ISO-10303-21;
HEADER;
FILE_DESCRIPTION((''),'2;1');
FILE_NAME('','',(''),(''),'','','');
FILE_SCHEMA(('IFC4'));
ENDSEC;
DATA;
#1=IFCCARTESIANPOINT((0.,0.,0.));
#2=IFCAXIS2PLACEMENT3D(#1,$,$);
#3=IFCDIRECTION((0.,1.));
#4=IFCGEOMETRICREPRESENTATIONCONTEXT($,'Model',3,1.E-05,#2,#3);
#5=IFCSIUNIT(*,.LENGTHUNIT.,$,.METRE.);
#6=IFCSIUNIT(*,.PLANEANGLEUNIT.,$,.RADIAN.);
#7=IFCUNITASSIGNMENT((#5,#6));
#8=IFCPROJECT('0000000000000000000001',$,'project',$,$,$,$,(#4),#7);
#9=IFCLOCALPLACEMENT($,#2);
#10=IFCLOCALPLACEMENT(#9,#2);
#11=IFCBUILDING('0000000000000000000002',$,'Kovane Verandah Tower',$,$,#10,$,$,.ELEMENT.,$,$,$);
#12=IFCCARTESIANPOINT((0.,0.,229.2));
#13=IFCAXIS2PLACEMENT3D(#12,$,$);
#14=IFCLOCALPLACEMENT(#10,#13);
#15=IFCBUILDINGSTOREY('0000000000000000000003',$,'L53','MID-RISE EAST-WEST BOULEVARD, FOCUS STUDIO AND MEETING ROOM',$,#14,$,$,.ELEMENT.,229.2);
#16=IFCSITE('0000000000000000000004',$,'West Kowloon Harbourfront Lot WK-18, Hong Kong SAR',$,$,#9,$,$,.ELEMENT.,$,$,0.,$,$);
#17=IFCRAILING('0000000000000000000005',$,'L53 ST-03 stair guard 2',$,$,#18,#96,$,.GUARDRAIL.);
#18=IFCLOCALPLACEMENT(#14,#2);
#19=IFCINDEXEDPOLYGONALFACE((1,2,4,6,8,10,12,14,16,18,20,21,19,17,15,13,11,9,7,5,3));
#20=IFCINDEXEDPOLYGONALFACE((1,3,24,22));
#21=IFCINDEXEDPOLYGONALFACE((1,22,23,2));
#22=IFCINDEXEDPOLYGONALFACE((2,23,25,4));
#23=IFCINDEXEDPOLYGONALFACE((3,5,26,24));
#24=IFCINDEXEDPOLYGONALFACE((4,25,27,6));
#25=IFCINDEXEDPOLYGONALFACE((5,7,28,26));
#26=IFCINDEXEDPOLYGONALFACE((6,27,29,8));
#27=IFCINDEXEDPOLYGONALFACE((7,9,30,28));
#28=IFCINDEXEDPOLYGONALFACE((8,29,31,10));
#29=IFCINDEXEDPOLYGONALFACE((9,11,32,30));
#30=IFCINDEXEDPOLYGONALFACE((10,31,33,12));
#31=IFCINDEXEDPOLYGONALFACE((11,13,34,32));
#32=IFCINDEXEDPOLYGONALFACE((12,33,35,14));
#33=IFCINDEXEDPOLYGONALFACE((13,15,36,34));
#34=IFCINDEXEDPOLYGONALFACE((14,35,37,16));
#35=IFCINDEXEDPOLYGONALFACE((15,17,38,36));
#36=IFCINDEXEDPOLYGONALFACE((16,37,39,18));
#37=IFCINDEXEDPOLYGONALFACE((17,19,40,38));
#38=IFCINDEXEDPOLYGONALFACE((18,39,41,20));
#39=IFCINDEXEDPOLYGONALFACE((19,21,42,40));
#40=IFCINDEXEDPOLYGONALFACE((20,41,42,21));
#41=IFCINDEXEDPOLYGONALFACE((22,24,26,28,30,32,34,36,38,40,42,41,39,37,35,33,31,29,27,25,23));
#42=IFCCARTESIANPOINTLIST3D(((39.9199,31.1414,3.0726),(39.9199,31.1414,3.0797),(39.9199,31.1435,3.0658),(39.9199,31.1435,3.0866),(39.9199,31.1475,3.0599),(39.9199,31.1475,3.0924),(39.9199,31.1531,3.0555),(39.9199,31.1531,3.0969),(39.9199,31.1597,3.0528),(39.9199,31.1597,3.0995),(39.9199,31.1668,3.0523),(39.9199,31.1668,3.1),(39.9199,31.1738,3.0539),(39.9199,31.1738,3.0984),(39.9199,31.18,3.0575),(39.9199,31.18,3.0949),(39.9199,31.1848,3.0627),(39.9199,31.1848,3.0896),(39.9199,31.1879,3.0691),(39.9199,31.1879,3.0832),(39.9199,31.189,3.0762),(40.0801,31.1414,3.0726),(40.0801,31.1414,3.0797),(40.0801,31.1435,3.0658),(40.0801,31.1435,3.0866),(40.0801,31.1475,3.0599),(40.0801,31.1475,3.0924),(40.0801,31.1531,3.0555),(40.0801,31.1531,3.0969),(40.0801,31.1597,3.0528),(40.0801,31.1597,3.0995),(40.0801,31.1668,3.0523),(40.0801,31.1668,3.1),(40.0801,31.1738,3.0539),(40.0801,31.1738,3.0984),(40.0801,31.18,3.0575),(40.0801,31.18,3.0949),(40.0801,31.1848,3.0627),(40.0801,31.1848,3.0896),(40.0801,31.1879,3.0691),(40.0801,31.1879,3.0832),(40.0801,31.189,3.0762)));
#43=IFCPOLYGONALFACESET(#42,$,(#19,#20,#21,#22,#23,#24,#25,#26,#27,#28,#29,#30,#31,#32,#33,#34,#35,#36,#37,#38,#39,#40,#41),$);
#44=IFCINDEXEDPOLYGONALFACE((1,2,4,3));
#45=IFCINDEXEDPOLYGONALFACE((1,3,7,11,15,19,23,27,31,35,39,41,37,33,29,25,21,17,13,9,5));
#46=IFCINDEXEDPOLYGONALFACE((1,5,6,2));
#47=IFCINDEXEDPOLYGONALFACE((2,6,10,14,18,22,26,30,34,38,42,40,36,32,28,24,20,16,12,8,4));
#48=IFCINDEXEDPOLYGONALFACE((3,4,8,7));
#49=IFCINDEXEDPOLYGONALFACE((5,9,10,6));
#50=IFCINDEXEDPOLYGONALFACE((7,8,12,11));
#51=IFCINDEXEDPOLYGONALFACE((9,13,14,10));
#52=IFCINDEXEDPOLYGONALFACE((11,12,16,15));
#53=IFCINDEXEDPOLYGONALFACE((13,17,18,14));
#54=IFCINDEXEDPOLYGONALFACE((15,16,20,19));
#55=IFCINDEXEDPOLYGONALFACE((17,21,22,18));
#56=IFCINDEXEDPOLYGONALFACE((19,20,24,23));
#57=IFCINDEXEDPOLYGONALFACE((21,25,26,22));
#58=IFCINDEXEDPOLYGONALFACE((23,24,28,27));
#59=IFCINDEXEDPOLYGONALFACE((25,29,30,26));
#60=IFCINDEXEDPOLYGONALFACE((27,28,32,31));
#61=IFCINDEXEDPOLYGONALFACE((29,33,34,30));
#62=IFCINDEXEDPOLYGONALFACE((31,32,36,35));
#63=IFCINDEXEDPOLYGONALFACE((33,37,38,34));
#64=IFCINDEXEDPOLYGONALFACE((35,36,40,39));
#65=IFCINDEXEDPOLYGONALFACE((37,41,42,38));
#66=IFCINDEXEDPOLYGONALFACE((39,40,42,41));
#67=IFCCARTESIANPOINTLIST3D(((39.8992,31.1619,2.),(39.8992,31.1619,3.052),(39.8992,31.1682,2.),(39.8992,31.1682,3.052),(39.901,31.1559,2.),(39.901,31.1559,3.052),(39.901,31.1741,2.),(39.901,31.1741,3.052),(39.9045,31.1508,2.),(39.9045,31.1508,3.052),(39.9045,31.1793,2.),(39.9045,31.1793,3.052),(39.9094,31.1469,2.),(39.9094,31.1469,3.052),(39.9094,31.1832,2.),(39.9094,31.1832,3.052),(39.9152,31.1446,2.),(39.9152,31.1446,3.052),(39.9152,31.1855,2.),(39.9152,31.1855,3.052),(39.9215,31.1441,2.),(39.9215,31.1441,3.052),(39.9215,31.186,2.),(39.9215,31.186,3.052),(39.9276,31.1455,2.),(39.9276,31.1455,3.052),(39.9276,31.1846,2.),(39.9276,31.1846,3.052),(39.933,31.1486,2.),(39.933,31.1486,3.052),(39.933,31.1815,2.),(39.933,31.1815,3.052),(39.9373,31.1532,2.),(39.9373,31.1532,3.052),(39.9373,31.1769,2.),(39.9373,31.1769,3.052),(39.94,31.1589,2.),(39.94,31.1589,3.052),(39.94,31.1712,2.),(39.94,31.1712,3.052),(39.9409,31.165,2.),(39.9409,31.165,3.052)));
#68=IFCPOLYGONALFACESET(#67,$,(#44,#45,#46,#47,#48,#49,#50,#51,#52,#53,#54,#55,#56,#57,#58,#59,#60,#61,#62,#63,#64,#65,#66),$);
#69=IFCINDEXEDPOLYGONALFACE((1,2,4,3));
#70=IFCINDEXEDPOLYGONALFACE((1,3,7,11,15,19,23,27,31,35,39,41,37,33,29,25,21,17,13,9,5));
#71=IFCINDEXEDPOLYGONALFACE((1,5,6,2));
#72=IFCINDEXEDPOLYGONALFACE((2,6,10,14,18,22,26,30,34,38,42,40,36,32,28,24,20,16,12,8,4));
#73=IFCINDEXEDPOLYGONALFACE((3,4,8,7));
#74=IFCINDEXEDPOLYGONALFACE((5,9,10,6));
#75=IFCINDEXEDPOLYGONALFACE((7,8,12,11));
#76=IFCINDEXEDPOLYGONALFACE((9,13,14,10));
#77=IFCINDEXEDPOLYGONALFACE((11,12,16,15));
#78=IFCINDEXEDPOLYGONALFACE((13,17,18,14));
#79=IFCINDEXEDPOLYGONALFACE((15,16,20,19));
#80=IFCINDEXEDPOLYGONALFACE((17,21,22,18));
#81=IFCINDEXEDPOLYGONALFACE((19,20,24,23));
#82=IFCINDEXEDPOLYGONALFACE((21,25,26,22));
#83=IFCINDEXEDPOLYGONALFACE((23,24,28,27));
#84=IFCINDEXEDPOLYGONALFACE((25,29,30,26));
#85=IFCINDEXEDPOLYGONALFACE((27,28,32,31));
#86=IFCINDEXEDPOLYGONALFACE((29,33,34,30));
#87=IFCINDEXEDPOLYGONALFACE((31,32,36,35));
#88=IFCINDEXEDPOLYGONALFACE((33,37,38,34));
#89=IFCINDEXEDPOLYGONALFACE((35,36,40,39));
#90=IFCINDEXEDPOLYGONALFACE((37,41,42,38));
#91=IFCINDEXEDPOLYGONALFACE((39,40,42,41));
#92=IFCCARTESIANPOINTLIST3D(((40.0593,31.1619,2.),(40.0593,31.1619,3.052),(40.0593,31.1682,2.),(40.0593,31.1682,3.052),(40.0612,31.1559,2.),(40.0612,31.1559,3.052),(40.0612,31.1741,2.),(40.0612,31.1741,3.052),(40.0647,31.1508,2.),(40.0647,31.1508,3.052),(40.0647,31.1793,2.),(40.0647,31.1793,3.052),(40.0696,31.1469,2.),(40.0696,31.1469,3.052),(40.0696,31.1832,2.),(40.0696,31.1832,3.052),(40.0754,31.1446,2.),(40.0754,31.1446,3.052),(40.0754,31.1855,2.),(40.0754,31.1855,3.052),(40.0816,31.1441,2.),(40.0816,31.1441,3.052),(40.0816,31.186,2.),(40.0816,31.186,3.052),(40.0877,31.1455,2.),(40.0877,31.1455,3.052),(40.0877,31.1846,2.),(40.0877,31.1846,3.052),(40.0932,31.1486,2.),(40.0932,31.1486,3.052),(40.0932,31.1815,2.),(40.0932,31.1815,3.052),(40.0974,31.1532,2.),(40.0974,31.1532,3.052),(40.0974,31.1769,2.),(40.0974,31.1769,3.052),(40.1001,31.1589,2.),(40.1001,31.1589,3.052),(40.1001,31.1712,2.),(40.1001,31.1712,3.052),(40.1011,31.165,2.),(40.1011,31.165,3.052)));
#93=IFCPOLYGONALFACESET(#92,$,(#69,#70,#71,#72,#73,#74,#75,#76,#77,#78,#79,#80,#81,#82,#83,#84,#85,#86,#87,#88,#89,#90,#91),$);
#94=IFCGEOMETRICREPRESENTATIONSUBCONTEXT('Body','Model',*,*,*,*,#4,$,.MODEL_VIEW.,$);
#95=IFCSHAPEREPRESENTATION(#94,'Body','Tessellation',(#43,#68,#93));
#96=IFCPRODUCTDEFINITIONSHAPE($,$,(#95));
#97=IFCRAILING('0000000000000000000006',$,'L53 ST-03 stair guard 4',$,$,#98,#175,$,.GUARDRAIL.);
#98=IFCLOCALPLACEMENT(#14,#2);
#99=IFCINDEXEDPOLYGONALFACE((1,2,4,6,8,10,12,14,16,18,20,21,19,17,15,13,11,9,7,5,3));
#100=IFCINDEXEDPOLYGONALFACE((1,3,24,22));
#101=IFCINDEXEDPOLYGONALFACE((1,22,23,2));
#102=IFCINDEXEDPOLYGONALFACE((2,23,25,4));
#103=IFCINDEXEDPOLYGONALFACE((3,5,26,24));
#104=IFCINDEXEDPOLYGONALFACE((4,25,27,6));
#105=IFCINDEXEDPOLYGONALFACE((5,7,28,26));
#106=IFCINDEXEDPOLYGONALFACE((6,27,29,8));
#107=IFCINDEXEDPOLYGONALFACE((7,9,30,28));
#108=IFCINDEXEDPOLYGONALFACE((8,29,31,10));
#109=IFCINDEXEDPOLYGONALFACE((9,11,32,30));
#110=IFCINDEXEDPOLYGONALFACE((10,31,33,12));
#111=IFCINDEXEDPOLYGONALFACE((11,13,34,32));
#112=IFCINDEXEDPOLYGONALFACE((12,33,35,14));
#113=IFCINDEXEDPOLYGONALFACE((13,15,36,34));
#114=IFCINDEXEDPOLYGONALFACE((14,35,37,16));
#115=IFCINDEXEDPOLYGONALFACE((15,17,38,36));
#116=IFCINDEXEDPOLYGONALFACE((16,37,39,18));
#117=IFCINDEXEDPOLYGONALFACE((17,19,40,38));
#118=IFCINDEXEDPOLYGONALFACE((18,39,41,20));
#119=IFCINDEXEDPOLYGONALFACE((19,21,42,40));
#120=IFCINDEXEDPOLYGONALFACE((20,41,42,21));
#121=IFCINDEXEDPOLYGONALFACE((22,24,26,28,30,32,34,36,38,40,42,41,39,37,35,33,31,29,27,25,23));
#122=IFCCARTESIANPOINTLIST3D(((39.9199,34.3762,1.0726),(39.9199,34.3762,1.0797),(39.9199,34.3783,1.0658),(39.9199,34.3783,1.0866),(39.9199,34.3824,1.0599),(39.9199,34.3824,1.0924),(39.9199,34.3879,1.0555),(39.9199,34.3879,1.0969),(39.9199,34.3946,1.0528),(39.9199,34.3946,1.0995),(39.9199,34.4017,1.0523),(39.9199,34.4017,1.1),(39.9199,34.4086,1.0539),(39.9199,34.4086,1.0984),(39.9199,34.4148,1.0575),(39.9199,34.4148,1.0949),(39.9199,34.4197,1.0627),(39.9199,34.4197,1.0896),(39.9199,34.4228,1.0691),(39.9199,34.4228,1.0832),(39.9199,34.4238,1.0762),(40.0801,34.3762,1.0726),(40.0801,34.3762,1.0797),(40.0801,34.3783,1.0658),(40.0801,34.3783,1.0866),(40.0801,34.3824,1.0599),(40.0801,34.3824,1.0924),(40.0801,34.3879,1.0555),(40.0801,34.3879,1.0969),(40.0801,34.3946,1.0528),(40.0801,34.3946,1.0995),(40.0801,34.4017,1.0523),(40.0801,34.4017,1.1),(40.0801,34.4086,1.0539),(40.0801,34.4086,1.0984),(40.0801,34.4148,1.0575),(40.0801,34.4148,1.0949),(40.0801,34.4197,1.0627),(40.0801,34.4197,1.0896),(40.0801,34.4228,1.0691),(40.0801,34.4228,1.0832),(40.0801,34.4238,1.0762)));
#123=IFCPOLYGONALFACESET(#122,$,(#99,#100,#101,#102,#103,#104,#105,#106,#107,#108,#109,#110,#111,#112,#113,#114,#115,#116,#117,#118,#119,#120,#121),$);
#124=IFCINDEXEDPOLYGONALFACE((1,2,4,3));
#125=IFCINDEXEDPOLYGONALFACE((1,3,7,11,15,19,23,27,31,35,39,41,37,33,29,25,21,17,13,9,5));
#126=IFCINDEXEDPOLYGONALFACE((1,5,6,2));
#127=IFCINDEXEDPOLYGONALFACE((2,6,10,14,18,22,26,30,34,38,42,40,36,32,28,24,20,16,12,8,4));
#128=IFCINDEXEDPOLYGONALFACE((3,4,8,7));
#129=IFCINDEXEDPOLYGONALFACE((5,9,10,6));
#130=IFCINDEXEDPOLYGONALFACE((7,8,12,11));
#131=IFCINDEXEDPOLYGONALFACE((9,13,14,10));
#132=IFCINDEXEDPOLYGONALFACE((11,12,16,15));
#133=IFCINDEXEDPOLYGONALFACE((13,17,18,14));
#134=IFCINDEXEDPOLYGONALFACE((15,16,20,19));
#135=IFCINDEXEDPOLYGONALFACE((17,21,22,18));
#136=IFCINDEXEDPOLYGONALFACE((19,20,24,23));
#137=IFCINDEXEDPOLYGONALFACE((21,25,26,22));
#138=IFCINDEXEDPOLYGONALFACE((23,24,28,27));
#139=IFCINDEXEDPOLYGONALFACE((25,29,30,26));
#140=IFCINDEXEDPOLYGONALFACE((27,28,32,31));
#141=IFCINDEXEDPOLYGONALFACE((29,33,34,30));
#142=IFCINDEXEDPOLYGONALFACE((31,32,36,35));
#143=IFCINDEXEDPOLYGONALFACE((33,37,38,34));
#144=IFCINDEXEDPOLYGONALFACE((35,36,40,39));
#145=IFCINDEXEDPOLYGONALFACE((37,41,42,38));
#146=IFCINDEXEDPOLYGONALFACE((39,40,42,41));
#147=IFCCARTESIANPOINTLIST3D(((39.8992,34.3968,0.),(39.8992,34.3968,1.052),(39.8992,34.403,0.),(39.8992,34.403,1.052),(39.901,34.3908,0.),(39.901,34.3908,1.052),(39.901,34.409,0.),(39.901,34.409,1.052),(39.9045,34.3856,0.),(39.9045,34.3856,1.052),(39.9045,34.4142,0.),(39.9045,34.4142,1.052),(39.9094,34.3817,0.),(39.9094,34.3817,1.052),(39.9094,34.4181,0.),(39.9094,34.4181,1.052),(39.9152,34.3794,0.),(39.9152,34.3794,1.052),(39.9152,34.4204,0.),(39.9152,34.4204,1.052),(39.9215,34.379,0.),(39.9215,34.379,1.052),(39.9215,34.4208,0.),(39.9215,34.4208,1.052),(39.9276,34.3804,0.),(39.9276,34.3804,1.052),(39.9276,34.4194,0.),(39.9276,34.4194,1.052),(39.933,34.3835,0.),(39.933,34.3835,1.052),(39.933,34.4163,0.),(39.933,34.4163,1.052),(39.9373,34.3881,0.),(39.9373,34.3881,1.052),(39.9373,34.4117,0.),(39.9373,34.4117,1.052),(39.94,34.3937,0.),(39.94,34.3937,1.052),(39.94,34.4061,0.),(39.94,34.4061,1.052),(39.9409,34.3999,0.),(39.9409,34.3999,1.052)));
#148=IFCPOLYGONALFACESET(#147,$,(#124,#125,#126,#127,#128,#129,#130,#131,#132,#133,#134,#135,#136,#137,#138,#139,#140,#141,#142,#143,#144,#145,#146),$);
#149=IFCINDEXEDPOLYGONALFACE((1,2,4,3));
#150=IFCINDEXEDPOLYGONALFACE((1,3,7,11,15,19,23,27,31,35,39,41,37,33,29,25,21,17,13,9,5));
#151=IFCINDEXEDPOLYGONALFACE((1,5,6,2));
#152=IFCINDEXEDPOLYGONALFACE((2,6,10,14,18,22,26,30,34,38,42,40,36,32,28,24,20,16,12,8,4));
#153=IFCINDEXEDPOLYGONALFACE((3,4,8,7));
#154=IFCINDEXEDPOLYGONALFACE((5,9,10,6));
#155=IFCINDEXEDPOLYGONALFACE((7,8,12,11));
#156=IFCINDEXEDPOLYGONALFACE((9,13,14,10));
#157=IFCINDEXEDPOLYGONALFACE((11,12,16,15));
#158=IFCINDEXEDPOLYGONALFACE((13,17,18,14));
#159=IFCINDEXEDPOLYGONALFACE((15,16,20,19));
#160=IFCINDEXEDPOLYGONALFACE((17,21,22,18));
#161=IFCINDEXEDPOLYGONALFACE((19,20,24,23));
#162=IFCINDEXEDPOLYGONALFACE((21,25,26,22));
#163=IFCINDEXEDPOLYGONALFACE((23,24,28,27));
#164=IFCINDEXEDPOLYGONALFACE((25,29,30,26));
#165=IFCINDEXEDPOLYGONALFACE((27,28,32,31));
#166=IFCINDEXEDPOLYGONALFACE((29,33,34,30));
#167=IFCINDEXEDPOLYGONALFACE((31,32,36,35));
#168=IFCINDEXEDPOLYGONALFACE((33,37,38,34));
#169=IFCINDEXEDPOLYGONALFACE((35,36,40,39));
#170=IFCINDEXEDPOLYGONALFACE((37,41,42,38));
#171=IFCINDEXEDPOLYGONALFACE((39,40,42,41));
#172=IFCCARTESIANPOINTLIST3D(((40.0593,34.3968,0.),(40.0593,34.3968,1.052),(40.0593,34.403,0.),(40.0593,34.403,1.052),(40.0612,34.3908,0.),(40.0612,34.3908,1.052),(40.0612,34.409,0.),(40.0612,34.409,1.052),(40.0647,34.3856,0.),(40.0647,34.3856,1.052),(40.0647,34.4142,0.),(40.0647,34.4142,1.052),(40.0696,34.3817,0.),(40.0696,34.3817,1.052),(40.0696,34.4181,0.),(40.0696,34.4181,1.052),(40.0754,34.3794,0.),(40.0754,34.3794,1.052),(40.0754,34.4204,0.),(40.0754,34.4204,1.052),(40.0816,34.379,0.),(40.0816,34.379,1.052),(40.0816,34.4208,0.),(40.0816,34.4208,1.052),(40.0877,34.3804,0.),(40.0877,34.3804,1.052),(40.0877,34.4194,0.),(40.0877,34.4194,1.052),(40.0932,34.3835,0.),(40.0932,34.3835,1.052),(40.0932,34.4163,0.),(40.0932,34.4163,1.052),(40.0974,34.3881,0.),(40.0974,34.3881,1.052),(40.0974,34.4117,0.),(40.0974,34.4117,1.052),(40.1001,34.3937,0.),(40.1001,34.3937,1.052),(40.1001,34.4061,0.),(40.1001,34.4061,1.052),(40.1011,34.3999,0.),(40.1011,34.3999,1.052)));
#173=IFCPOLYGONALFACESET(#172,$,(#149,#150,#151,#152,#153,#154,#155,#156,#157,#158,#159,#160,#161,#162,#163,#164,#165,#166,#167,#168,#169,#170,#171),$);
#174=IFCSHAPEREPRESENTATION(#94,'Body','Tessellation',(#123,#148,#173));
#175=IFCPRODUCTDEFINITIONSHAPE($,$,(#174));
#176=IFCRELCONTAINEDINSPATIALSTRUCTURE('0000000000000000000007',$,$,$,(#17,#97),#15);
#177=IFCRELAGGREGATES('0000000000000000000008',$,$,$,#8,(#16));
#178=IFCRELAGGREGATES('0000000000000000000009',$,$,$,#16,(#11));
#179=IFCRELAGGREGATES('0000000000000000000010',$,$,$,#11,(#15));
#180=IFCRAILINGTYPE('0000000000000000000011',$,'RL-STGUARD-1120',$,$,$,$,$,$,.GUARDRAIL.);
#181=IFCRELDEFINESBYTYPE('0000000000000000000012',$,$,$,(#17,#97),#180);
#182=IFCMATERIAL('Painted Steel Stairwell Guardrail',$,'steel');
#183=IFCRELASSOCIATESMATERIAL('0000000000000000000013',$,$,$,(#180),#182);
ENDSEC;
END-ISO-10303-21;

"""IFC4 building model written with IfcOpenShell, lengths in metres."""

from ifc_helpers import new_model, si_unit, direction, frame, origin, origin_2d, place, context, subcontext, project, spatial, circle, extrude, material, type_object, element, save


model = new_model("IFC4")

# Units and contexts
model_context = context("Model", 3, precision=1e-05, world=origin(), true_north=direction((0.0, 1.0)))
body_context = subcontext(model_context, "Body", "Model", "MODEL_VIEW")
ifc_project = project(units=[si_unit("LENGTHUNIT", "METRE"), si_unit("PLANEANGLEUNIT", "RADIAN")], contexts=[model_context])

# Site, building, storey
site_placement = place(None, origin())
site = spatial("IfcSite", under=ifc_project, at=site_placement, Name="West Kowloon Harbourfront Lot WK-18, Hong Kong SAR", CompositionType="ELEMENT", RefElevation=0.0)
building_placement = place(site_placement, origin())
building = spatial("IfcBuilding", under=site, at=building_placement, Name="Kovane Verandah Tower", CompositionType="ELEMENT")
storey_placement = place(building_placement, frame((0.0, 0.0, 229.2)))
storey = spatial("IfcBuildingStorey", under=building, at=storey_placement, Name="L53", Description="MID-RISE EAST-WEST BOULEVARD, FOCUS STUDIO AND MEETING ROOM", CompositionType="ELEMENT", Elevation=229.2)

# Railings
ifc_material_1 = material(Name="Painted Steel Stairwell Guardrail", Category="steel")
railing_type_1 = type_object("IfcRailingType", Name="RL-STGUARD-1120", PredefinedType="GUARDRAIL", material=ifc_material_1)
for number, where, name in (
    (1, (39.9199, 31.165, 2.0), "L53 ST-03 stair guard 2"),
    (2, (39.9199, 34.3999, 0.0), "L53 ST-03 stair guard 4"),
):
    element("IfcRailing", number, at=place(storey_placement, frame(where)), inside=storey, type_object=railing_type_1, Name=name, PredefinedType="GUARDRAIL", context=body_context, shape_type="SweptSolid", body=[
        extrude(circle(Radius=0.0239, at=origin_2d()), frame((0.0, 0.0, 1.0762), z_axis=(1.0, 0.0, 0.0), x_axis=(0.0, 1.0, 0.0)), (0.0, 0.0, 1.0), 0.1602),
        extrude(circle(Radius=0.021, at=origin_2d()), origin(), (0.0, 0.0, 1.0), 1.052),
        extrude(circle(Radius=0.021, at=origin_2d()), frame((0.1602, 0.0, 0.0)), (0.0, 0.0, 1.0), 1.052),
    ])

save(model, "model.ifc")
